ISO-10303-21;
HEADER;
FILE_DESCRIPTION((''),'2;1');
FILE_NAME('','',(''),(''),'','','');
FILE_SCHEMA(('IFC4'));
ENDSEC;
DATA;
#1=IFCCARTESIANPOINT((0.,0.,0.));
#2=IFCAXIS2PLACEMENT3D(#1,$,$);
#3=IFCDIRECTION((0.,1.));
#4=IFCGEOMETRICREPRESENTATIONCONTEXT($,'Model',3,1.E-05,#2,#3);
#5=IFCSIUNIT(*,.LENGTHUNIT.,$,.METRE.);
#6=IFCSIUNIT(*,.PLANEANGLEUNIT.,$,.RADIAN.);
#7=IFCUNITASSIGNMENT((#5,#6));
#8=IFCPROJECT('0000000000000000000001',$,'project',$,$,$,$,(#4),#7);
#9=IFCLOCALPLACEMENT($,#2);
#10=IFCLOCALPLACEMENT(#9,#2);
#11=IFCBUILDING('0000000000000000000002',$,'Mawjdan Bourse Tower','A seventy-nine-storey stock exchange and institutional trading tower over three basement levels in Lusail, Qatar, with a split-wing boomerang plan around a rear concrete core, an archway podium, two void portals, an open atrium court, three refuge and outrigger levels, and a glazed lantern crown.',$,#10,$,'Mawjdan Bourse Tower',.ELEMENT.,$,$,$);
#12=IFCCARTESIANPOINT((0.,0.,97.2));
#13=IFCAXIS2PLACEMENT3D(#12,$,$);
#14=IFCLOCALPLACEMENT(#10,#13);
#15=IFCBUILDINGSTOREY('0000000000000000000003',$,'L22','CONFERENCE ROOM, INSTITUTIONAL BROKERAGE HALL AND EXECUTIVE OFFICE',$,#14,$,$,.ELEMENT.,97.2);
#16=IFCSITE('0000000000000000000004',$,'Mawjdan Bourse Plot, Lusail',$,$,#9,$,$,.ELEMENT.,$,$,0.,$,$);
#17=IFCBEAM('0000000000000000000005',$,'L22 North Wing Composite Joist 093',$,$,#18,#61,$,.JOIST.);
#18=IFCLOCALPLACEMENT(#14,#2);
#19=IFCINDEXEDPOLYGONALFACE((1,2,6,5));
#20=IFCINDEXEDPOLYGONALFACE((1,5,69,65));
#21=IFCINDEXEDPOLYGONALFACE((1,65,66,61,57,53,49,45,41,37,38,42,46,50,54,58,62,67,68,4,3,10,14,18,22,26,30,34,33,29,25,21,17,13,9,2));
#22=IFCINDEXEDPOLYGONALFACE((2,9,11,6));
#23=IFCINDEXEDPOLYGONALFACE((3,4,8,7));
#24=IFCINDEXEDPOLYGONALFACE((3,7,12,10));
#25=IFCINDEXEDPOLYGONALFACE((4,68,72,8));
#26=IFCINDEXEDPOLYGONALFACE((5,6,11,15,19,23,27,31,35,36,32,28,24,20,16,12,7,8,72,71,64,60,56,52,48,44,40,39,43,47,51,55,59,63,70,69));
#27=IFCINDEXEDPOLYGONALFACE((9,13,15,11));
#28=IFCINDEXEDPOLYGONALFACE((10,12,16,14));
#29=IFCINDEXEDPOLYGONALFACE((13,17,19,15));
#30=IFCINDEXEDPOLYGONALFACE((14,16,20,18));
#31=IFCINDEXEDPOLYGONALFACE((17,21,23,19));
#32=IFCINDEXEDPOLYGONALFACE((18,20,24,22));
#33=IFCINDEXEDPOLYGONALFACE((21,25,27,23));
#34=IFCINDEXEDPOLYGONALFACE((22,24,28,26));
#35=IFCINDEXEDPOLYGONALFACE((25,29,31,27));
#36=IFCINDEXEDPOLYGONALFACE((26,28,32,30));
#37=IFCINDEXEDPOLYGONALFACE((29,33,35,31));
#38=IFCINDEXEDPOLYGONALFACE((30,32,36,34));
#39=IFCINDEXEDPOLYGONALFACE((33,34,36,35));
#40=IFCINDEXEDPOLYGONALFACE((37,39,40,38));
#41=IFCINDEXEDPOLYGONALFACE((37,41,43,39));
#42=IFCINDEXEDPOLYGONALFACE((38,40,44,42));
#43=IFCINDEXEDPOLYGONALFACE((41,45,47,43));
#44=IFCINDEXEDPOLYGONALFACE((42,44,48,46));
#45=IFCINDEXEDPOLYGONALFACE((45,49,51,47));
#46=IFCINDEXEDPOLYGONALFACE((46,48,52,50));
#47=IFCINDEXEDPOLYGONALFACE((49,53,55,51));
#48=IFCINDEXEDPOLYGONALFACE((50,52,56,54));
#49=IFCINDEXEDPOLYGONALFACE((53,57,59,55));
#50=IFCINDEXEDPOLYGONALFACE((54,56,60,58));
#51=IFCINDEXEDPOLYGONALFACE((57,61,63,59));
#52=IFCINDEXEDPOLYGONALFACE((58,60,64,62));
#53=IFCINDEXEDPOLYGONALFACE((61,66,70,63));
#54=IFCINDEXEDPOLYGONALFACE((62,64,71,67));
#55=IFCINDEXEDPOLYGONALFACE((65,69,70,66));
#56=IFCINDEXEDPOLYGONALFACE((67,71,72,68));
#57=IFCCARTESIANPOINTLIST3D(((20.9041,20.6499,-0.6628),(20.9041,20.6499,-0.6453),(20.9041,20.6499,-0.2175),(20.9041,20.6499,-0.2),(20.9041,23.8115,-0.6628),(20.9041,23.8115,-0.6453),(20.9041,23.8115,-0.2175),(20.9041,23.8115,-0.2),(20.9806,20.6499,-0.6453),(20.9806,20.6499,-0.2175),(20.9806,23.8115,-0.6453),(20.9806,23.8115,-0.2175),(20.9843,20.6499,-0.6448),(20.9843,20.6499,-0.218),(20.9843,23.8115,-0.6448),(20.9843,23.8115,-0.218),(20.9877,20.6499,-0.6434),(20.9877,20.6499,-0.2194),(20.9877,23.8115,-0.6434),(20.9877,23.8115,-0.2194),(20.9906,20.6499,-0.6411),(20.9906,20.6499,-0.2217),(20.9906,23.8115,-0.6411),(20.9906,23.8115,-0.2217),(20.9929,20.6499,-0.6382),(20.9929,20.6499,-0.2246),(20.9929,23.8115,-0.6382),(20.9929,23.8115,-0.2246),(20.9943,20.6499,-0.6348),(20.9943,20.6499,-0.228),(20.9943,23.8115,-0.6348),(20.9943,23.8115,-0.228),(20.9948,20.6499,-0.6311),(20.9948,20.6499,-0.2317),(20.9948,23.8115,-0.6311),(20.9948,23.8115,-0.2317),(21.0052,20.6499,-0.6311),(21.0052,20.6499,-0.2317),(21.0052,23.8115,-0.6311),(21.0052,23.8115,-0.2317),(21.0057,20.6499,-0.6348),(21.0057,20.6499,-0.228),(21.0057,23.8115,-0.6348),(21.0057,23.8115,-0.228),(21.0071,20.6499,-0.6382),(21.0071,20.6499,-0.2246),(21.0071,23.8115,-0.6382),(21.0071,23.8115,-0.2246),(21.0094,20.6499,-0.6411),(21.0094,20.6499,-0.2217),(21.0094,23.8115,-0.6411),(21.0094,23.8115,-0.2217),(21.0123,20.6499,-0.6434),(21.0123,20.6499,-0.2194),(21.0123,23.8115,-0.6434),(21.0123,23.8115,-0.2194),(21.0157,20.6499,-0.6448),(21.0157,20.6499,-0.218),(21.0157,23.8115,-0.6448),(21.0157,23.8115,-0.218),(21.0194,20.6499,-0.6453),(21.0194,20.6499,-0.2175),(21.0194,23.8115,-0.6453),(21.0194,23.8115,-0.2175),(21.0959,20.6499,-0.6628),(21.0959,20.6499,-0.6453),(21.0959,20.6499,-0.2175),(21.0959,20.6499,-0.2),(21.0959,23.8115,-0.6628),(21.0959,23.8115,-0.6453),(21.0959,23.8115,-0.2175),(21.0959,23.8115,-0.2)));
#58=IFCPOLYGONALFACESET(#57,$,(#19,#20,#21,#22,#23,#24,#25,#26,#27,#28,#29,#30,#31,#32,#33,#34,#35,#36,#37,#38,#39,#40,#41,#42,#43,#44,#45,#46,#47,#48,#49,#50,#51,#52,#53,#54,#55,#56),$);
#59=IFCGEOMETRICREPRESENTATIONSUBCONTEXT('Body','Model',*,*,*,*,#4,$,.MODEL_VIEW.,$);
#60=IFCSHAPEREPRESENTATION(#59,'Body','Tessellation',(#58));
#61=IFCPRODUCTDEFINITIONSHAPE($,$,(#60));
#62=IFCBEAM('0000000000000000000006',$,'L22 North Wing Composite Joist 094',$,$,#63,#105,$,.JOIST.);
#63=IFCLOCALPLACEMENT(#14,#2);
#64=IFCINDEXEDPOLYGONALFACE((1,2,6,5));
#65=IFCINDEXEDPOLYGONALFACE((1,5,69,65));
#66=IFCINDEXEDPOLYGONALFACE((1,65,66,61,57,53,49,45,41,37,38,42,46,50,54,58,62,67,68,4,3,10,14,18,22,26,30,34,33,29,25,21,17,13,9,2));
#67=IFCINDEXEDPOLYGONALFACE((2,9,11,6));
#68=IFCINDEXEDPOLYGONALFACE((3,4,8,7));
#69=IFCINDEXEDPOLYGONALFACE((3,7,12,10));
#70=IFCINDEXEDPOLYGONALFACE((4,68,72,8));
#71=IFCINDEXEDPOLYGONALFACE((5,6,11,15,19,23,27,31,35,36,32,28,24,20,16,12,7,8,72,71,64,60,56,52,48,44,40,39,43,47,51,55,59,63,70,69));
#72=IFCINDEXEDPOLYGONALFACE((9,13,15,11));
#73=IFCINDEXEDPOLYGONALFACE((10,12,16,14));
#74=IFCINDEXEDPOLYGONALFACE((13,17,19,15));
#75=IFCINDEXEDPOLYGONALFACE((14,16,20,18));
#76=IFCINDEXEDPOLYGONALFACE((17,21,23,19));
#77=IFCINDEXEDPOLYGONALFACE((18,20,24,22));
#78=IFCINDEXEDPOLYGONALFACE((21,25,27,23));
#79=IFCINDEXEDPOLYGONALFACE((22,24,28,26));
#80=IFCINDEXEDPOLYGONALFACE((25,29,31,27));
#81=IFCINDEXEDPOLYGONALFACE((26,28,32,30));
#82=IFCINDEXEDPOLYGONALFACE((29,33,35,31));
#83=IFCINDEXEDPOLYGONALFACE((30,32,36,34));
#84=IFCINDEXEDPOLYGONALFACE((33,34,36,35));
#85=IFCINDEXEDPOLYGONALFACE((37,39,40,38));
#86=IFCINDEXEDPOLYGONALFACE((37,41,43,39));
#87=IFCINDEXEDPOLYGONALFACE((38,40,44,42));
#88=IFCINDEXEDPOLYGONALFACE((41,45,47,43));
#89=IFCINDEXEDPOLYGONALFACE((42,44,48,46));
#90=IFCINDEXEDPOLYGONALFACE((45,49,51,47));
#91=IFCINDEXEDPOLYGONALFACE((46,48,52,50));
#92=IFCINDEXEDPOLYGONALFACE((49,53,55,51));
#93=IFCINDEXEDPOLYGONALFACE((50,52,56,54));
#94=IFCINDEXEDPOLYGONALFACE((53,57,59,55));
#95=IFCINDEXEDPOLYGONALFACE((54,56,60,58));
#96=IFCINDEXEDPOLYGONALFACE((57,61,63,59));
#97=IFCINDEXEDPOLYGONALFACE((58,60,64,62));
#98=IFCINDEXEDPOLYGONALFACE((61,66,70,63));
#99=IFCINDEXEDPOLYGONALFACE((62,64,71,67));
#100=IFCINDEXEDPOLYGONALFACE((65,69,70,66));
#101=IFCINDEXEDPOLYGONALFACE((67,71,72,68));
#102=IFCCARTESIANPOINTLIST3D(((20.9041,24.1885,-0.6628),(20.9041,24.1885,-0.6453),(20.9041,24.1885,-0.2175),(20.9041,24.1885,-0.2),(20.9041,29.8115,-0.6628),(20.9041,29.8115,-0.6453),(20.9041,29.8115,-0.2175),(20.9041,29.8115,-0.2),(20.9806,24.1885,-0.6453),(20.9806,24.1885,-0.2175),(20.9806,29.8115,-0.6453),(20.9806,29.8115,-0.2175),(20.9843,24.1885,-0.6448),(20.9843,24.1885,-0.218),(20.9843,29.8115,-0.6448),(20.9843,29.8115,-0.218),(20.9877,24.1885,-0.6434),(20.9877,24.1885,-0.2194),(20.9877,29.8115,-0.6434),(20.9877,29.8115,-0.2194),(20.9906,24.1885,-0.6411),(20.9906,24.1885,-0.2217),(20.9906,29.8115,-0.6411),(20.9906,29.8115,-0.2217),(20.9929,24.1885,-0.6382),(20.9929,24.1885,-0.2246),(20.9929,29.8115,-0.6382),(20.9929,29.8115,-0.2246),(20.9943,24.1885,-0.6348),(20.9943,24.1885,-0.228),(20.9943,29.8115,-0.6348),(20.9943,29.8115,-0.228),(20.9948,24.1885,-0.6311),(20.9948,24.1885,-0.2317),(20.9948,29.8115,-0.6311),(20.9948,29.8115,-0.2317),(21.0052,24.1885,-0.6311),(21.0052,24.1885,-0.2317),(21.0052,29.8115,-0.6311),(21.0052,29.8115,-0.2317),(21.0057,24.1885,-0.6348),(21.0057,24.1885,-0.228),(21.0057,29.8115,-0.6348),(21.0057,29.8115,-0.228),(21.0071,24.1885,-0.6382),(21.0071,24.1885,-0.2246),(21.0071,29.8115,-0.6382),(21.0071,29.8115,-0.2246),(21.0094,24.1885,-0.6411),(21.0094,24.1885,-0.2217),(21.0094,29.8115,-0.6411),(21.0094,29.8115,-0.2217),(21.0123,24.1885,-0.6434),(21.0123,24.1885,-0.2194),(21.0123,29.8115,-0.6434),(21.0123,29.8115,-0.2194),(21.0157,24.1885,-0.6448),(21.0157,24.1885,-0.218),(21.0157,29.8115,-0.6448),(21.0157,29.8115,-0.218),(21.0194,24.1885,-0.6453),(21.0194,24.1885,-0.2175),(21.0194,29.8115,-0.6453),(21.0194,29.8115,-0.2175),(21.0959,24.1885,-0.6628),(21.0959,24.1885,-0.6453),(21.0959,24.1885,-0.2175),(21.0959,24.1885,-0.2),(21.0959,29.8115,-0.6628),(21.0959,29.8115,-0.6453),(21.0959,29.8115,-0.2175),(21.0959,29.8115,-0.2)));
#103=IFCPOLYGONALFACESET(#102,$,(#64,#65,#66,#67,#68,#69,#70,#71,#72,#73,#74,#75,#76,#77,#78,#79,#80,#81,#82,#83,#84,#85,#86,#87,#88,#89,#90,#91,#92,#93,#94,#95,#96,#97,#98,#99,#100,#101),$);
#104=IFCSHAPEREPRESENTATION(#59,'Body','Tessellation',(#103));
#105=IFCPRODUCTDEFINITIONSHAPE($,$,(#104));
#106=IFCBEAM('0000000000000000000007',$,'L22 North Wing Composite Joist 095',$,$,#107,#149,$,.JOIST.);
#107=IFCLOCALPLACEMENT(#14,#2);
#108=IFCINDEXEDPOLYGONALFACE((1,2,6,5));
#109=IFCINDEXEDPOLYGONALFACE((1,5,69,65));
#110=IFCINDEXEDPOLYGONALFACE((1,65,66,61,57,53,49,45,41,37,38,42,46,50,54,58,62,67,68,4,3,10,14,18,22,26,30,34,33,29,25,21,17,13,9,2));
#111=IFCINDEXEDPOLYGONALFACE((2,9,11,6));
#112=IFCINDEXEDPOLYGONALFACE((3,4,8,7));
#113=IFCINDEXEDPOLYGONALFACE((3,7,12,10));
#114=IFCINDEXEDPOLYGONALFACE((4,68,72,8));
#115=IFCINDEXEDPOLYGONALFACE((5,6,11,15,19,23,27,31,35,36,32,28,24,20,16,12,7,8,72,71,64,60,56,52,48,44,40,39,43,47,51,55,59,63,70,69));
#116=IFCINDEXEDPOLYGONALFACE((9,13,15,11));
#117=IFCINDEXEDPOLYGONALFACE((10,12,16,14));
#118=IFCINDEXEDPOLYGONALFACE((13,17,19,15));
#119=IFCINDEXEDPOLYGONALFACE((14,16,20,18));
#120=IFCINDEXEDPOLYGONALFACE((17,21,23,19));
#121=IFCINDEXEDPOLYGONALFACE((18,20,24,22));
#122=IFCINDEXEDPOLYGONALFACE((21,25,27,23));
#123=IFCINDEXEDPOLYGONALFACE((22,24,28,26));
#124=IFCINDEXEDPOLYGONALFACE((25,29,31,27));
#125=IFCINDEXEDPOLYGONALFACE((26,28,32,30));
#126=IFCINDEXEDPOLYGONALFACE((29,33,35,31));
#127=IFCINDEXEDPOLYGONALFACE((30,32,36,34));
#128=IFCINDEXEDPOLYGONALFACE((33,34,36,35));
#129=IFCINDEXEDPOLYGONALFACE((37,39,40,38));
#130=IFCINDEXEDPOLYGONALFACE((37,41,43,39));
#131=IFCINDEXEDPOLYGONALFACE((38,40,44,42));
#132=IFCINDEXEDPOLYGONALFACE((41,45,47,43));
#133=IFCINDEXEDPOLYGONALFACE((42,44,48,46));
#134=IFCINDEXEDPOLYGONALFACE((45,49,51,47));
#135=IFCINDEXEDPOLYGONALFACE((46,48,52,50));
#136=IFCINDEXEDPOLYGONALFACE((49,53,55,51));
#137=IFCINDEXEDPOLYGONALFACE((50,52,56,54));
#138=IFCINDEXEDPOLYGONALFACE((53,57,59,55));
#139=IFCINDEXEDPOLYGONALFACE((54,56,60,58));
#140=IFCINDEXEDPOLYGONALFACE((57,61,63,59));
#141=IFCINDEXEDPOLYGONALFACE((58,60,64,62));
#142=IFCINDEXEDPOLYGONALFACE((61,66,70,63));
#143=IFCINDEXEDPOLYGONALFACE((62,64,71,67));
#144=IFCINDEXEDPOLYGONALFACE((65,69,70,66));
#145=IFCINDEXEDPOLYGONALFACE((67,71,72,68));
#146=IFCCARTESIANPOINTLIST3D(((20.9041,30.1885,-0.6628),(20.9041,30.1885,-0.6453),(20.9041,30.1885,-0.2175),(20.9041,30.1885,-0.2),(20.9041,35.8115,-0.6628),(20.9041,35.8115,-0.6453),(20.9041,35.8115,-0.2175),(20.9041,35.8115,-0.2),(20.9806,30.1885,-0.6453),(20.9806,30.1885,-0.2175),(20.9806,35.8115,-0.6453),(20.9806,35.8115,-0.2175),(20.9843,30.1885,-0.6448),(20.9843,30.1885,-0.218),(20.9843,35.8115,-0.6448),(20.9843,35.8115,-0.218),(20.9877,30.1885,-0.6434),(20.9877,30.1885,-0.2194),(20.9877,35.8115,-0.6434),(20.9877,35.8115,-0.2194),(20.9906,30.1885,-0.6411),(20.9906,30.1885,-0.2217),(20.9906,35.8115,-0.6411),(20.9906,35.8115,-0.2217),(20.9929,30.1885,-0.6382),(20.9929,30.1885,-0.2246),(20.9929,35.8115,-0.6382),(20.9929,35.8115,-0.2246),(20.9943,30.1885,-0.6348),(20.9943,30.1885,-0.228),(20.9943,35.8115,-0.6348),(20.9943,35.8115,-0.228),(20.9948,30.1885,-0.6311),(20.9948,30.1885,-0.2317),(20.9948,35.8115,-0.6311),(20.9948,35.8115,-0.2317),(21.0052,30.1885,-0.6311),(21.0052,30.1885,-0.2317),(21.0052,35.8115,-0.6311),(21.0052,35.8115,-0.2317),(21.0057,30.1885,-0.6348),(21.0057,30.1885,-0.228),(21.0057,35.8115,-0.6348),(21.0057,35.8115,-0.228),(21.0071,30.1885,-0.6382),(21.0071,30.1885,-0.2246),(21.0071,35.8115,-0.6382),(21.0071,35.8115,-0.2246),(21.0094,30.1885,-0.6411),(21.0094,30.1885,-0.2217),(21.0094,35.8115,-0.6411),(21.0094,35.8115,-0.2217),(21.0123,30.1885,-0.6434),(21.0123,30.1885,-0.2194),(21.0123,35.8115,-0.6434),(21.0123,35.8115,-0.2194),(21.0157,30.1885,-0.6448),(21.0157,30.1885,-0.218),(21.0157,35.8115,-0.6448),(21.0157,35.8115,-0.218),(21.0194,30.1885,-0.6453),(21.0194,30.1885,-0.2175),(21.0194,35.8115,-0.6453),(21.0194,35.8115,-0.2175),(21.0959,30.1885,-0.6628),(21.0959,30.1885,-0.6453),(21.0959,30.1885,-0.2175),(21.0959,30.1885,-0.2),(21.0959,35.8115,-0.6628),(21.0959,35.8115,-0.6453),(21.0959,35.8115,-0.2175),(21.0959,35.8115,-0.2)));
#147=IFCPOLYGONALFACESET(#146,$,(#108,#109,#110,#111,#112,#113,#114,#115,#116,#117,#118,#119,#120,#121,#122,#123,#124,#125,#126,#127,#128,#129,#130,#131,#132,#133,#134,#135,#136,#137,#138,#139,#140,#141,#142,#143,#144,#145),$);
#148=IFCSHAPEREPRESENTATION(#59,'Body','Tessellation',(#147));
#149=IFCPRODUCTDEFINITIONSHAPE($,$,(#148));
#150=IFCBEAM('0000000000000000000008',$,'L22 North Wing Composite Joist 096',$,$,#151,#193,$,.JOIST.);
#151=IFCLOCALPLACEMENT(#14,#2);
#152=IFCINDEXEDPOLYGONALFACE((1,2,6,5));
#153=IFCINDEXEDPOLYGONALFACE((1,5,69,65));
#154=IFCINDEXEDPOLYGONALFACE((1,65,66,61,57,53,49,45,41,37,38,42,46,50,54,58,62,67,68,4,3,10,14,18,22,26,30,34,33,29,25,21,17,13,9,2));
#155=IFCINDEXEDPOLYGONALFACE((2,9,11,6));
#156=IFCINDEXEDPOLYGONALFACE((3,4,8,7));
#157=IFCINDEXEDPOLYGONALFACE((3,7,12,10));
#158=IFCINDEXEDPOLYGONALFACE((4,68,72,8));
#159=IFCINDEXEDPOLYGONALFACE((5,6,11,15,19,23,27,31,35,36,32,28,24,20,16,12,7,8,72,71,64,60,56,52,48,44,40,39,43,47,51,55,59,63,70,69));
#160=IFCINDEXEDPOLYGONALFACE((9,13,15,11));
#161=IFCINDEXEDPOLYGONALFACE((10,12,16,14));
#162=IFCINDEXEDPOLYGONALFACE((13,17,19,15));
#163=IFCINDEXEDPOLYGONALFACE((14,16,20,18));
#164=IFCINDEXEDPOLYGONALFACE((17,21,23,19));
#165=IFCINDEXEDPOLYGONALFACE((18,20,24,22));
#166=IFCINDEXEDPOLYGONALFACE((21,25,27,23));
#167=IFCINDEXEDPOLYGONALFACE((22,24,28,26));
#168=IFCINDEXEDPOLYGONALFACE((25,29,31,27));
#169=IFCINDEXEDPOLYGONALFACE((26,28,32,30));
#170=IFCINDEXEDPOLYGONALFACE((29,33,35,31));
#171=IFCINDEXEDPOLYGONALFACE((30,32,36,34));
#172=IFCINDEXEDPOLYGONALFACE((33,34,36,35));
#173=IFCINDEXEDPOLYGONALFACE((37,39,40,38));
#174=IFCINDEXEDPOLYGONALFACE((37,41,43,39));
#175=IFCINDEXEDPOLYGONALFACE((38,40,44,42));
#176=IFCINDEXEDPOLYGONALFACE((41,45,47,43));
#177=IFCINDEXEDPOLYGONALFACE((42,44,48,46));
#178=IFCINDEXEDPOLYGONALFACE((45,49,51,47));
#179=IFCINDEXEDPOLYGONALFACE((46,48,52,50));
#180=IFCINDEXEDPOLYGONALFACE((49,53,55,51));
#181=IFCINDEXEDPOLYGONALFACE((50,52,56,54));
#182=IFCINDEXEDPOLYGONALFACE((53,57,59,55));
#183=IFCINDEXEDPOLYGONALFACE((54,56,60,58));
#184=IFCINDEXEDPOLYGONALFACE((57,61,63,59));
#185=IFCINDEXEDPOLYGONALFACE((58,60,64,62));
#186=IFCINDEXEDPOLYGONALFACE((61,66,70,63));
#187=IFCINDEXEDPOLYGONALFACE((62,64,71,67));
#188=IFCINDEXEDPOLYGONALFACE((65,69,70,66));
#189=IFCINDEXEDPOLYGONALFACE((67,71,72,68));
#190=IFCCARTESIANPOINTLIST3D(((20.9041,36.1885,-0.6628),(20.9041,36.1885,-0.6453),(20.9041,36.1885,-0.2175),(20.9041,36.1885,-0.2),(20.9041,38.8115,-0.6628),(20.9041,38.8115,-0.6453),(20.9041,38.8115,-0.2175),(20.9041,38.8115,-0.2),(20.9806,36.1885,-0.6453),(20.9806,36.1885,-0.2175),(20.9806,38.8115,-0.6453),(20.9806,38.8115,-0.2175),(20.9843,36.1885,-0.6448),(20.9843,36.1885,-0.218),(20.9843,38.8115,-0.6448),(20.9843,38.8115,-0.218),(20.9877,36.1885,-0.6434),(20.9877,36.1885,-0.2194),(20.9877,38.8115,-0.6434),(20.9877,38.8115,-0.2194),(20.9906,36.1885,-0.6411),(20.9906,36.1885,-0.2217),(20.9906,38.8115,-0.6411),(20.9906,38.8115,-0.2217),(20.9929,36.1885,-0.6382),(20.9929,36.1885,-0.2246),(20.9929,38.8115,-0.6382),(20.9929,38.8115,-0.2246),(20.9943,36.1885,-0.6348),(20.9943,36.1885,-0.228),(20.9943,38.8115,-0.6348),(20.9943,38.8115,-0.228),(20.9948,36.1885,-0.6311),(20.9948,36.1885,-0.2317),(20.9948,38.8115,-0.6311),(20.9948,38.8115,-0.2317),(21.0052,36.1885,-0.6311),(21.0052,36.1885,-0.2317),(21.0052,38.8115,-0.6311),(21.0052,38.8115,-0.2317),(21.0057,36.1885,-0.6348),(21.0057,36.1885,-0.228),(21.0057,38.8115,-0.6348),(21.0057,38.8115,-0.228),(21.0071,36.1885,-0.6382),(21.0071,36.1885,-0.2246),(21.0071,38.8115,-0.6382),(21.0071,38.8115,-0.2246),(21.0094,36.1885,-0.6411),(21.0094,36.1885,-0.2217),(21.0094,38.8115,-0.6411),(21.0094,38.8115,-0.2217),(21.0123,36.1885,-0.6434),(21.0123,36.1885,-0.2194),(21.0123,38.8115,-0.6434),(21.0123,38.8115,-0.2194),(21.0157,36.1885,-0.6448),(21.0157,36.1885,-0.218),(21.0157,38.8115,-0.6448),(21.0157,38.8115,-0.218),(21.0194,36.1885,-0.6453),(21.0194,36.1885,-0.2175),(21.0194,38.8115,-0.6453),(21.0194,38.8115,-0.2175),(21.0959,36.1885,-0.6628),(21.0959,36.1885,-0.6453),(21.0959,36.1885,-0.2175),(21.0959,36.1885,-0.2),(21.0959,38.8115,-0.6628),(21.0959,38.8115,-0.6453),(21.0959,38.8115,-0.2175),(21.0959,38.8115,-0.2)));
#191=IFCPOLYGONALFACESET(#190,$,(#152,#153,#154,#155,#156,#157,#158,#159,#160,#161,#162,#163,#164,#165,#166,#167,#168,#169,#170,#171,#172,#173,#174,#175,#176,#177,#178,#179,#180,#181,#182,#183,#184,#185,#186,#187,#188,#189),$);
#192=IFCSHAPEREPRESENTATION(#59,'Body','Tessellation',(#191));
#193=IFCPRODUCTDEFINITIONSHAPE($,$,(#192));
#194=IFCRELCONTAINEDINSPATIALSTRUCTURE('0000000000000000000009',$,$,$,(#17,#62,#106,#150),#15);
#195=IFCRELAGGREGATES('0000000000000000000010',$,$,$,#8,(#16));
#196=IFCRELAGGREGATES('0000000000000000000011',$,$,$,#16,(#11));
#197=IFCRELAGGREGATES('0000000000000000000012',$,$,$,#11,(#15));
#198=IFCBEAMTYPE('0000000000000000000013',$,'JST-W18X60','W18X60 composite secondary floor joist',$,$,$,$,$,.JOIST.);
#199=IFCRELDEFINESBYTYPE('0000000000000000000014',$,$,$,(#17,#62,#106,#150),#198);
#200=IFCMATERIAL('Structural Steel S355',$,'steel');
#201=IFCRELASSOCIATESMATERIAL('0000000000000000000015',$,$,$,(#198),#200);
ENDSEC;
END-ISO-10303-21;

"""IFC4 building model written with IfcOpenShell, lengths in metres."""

from ifc_helpers import new_model, si_unit, direction, frame, origin, origin_2d, place, context, subcontext, project, spatial, i_section, extrude, material, material_profile, profile_set, type_object, element, save


model = new_model("IFC4")

# Units and contexts
model_context = context("Model", 3, precision=1e-05, world=origin(), true_north=direction((0.0, 1.0)))
body_context = subcontext(model_context, "Body", "Model", "MODEL_VIEW")
ifc_project = project(units=[si_unit("LENGTHUNIT", "METRE"), si_unit("PLANEANGLEUNIT", "RADIAN")], contexts=[model_context])

# Site, building, storey
site_placement = place(None, origin())
site = spatial("IfcSite", under=ifc_project, at=site_placement, Name="Mawjdan Bourse Plot, Lusail", CompositionType="ELEMENT", RefElevation=0.0)
building_placement = place(site_placement, origin())
building = spatial("IfcBuilding", under=site, at=building_placement, Name="Mawjdan Bourse Tower", Description="A seventy-nine-storey stock exchange and institutional trading tower over three basement levels in Lusail, Qatar, with a split-wing boomerang plan around a rear concrete core, an archway podium, two void portals, an open atrium court, three refuge and outrigger levels, and a glazed lantern crown.", LongName="Mawjdan Bourse Tower", CompositionType="ELEMENT")
storey_placement = place(building_placement, frame((0.0, 0.0, 97.2)))
storey = spatial("IfcBuildingStorey", under=building, at=storey_placement, Name="L22", Description="CONFERENCE ROOM, INSTITUTIONAL BROKERAGE HALL AND EXECUTIVE OFFICE", CompositionType="ELEMENT", Elevation=97.2)

# Beams
ifc_material_1 = material(Name="Structural Steel S355", Category="steel")
ifc_material_profile_1 = material_profile(ifc_material_1, i_section(OverallWidth=0.1919, OverallDepth=0.4629, WebThickness=0.0105, FlangeThickness=0.0176, FilletRadius=0.0142, at=origin_2d()), Name="W18X60")
ifc_profile_set_1 = profile_set([ifc_material_profile_1], Name="Structural Steel S355")
beam_type_1 = type_object("IfcBeamType", Name="JST-W18X60", Description="W18X60 composite secondary floor joist", PredefinedType="JOIST", material=ifc_profile_set_1)
beam_1_placement = place(storey_placement, frame((21.0, 20.6499, -0.4314), z_axis=(0.0, 1.0, 0.0), x_axis=(-1.0, 0.0, 0.0)))
element("IfcBeam", 1, at=beam_1_placement, inside=storey, type_object=beam_type_1, Name="L22 North Wing Composite Joist 093", PredefinedType="JOIST", context=body_context, shape_type="SweptSolid", body=[
    extrude(i_section(OverallWidth=0.1919, OverallDepth=0.4629, WebThickness=0.0105, FlangeThickness=0.0176, FilletRadius=0.0142, at=origin_2d()), origin(), (0.0, 0.0, 1.0), 3.1616),
])
for number, where, z_axis, x_axis, name in (
    (2, (21.0, 24.1885, -0.4314), (0.0, 1.0, 0.0), (-1.0, 0.0, 0.0), "L22 North Wing Composite Joist 094"),
    (3, (21.0, 30.1885, -0.4314), (0.0, 1.0, 0.0), (-1.0, 0.0, 0.0), "L22 North Wing Composite Joist 095"),
):
    element("IfcBeam", number, at=place(storey_placement, frame(where, z_axis=z_axis, x_axis=x_axis)), inside=storey, type_object=beam_type_1, Name=name, PredefinedType="JOIST", context=body_context, shape_type="SweptSolid", body=[
        extrude(i_section(OverallWidth=0.1919, OverallDepth=0.4629, WebThickness=0.0105, FlangeThickness=0.0176, FilletRadius=0.0142, at=origin_2d()), origin(), (0.0, 0.0, 1.0), 5.623),
    ])
for number, where, z_axis, x_axis, name in (
    (4, (21.0, 36.1885, -0.4314), (0.0, 1.0, 0.0), (-1.0, 0.0, 0.0), "L22 North Wing Composite Joist 096"),
):
    element("IfcBeam", number, at=place(storey_placement, frame(where, z_axis=z_axis, x_axis=x_axis)), inside=storey, type_object=beam_type_1, Name=name, PredefinedType="JOIST", context=body_context, shape_type="SweptSolid", body=[
        extrude(i_section(OverallWidth=0.1919, OverallDepth=0.4629, WebThickness=0.0105, FlangeThickness=0.0176, FilletRadius=0.0142, at=origin_2d()), origin(), (0.0, 0.0, 1.0), 2.623),
    ])

save(model, "model.ifc")
